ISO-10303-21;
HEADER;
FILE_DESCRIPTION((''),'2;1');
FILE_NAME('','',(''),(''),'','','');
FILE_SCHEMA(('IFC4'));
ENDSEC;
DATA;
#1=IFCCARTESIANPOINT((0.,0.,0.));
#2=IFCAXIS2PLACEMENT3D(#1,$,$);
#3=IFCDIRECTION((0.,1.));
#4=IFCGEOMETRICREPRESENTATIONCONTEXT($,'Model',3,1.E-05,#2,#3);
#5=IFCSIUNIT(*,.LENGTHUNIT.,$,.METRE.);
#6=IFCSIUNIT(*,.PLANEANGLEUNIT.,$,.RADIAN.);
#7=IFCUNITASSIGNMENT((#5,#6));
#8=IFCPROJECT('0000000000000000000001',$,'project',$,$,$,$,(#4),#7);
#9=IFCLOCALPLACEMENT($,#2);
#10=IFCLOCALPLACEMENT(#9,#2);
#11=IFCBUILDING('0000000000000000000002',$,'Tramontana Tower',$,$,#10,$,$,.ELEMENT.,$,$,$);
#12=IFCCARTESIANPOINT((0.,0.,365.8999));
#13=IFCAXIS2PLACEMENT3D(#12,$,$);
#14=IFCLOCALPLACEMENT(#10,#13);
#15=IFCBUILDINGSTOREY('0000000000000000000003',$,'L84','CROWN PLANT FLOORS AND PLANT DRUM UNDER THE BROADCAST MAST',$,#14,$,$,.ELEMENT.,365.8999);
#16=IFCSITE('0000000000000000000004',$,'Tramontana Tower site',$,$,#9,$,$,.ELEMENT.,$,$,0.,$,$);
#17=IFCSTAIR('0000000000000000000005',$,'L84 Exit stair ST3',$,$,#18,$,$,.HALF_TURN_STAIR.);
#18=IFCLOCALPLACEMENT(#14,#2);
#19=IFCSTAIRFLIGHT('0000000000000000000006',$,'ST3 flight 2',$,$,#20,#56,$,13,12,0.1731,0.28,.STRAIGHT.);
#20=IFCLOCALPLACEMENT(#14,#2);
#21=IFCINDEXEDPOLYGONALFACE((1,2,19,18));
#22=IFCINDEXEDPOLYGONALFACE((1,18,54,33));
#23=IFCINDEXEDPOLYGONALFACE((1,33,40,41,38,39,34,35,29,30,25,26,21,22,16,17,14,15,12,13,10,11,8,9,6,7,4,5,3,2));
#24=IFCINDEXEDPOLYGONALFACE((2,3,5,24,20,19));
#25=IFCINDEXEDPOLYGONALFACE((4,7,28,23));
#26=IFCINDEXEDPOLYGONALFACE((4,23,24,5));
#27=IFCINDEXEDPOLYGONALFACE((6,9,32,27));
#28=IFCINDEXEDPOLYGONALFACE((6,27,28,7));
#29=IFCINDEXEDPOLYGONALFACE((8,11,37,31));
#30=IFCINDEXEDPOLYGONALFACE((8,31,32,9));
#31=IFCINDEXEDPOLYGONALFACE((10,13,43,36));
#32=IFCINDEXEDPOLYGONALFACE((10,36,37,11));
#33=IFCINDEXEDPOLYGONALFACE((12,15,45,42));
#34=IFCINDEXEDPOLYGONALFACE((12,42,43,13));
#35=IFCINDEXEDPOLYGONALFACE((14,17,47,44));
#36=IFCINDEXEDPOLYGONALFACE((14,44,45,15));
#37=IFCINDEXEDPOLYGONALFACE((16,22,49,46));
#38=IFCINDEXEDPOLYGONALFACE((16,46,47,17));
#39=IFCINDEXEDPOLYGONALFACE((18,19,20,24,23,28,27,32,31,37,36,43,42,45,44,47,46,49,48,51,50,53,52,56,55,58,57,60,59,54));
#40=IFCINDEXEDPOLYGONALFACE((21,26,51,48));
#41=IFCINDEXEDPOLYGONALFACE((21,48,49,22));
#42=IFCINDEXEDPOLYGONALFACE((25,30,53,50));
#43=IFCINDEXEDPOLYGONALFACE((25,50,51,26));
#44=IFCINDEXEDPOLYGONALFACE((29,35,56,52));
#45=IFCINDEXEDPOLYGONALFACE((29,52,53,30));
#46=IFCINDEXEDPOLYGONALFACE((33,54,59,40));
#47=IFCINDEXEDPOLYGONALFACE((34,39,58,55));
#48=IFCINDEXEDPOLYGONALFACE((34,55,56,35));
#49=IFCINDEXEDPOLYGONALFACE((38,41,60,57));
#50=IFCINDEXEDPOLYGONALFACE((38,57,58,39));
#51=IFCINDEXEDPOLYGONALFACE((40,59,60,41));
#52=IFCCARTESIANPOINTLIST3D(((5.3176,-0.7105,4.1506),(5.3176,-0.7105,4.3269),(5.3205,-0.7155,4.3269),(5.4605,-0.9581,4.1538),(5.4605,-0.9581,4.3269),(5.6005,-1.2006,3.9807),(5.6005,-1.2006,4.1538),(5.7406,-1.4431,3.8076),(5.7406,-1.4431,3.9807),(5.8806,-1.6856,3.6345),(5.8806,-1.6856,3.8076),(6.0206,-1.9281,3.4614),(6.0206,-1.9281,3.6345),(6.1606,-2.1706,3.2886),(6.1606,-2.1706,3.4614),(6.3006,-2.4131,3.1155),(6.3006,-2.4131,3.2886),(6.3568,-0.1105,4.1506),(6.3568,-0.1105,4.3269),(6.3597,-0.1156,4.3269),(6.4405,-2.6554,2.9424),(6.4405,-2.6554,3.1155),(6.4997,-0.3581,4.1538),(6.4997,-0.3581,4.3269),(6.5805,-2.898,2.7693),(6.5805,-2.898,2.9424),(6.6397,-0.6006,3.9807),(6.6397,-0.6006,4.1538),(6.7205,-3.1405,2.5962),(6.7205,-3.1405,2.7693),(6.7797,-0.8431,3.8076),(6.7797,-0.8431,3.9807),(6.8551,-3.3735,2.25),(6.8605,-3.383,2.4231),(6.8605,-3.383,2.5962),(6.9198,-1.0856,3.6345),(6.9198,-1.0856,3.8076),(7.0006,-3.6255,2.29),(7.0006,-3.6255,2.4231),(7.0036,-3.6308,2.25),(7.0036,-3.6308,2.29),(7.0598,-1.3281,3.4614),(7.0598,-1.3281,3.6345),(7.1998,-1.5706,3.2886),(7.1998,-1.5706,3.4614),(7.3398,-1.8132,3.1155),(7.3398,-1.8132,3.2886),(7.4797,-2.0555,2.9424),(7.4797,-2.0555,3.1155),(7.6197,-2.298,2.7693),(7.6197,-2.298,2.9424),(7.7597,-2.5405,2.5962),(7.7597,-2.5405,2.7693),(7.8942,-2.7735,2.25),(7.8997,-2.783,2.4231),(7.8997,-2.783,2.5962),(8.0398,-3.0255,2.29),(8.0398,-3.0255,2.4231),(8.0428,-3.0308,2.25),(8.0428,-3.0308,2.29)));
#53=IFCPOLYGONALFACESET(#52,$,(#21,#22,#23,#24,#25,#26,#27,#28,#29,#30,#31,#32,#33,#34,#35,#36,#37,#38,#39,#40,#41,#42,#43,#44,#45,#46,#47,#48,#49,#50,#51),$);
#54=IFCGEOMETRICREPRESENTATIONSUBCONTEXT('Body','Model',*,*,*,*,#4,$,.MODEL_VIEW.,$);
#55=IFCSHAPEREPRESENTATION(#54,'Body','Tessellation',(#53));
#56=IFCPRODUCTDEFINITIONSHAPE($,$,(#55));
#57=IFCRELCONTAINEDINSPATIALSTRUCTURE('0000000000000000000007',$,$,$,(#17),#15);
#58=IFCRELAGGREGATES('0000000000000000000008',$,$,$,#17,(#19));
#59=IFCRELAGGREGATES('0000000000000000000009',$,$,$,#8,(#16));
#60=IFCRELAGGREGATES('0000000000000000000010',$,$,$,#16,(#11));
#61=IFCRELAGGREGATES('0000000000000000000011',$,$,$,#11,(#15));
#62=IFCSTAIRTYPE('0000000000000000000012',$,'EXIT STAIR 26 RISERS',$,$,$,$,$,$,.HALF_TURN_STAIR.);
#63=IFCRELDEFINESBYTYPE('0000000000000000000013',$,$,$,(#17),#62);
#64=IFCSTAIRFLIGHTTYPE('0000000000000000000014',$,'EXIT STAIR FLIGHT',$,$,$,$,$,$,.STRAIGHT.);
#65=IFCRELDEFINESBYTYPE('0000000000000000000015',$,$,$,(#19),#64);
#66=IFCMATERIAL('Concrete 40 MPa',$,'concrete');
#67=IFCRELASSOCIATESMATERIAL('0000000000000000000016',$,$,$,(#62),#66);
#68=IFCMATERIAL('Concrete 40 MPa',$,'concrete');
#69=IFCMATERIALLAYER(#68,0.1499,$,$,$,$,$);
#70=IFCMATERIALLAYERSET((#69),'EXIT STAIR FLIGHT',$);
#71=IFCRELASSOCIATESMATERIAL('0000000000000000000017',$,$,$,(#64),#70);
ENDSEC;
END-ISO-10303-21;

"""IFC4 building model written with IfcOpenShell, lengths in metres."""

from ifc_helpers import new_model, si_unit, direction, frame, origin, place, context, subcontext, project, spatial, polyline, outline, extrude, material, layer, layer_set, type_object, element, aggregate, save


model = new_model("IFC4")

# Units and contexts
model_context = context("Model", 3, precision=1e-05, world=origin(), true_north=direction((0.0, 1.0)))
body_context = subcontext(model_context, "Body", "Model", "MODEL_VIEW")
ifc_project = project(units=[si_unit("LENGTHUNIT", "METRE"), si_unit("PLANEANGLEUNIT", "RADIAN")], contexts=[model_context])

# Site, building, storey
site_placement = place(None, origin())
site = spatial("IfcSite", under=ifc_project, at=site_placement, Name="Tramontana Tower site", CompositionType="ELEMENT", RefElevation=0.0)
building_placement = place(site_placement, origin())
building = spatial("IfcBuilding", under=site, at=building_placement, Name="Tramontana Tower", CompositionType="ELEMENT")
storey_placement = place(building_placement, frame((0.0, 0.0, 365.8999)))
storey = spatial("IfcBuildingStorey", under=building, at=storey_placement, Name="L84", Description="CROWN PLANT FLOORS AND PLANT DRUM UNDER THE BROADCAST MAST", CompositionType="ELEMENT", Elevation=365.8999)

# Stair, stair flight
ifc_material_1 = material(Name="Concrete 40 MPa", Category="concrete")
stair_type = type_object("IfcStairType", Name="EXIT STAIR 26 RISERS", PredefinedType="HALF_TURN_STAIR", material=ifc_material_1)
stair_placement = place(storey_placement, origin())
stair = element("IfcStair", 1, at=stair_placement, inside=storey, type_object=stair_type, Name="L84 Exit stair ST3", PredefinedType="HALF_TURN_STAIR")
ifc_material_2 = material(Name="Concrete 40 MPa", Category="concrete")
ifc_layer_1 = layer(ifc_material_2, 0.1499)
ifc_layer_set_1 = layer_set([ifc_layer_1], Name="EXIT STAIR FLIGHT")
stair_flight_type = type_object("IfcStairFlightType", Name="EXIT STAIR FLIGHT", PredefinedType="STRAIGHT", material=ifc_layer_set_1)
stair_flight_1_placement = place(storey_placement, frame((7.5203, -3.3254, 2.25), z_axis=(0.0, 0.0, 1.0), x_axis=(-0.5, 0.866025, 0.0)))
stair_flight_1 = element("IfcStairFlight", 2, at=stair_flight_1_placement, type_object=stair_flight_type, Name="ST3 flight 2", NumberOfRisers=13, NumberOfTreads=12, PredefinedType="STRAIGHT", RiserHeight=0.1731, TreadLength=0.28, context=body_context, shape_type="SweptSolid", body=[
    extrude(outline(polyline([(-0.0061, 0.0), (-0.0061, 0.04), (0.0, 0.04), (0.0, 0.1731), (0.28, 0.1731), (0.28, 0.3462), (0.5601, 0.3462), (0.5601, 0.5193), (0.8401, 0.5193), (0.8401, 0.6924), (1.1201, 0.6924), (1.1201, 0.8655), (1.3999, 0.8655), (1.3999, 1.0386), (1.6799, 1.0386), (1.6799, 1.2114), (1.96, 1.2114), (1.96, 1.3845), (2.24, 1.3845), (2.24, 1.5576), (2.52, 1.5576), (2.52, 1.7307), (2.8, 1.7307), (2.8, 1.9038), (3.0801, 1.9038), (3.0801, 2.0769), (3.3601, 2.0769), (3.366, 2.0769), (3.366, 1.9006), (0.291, 0.0), (-0.0061, 0.0)])), frame((0.0, 0.6001, 0.0), z_axis=(0.0, -1.0, 0.0), x_axis=(1.0, 0.0, 0.0)), (0.0, 0.0, 1.0), 1.2),
])
aggregate(stair, [stair_flight_1])

save(model, "model.ifc")
